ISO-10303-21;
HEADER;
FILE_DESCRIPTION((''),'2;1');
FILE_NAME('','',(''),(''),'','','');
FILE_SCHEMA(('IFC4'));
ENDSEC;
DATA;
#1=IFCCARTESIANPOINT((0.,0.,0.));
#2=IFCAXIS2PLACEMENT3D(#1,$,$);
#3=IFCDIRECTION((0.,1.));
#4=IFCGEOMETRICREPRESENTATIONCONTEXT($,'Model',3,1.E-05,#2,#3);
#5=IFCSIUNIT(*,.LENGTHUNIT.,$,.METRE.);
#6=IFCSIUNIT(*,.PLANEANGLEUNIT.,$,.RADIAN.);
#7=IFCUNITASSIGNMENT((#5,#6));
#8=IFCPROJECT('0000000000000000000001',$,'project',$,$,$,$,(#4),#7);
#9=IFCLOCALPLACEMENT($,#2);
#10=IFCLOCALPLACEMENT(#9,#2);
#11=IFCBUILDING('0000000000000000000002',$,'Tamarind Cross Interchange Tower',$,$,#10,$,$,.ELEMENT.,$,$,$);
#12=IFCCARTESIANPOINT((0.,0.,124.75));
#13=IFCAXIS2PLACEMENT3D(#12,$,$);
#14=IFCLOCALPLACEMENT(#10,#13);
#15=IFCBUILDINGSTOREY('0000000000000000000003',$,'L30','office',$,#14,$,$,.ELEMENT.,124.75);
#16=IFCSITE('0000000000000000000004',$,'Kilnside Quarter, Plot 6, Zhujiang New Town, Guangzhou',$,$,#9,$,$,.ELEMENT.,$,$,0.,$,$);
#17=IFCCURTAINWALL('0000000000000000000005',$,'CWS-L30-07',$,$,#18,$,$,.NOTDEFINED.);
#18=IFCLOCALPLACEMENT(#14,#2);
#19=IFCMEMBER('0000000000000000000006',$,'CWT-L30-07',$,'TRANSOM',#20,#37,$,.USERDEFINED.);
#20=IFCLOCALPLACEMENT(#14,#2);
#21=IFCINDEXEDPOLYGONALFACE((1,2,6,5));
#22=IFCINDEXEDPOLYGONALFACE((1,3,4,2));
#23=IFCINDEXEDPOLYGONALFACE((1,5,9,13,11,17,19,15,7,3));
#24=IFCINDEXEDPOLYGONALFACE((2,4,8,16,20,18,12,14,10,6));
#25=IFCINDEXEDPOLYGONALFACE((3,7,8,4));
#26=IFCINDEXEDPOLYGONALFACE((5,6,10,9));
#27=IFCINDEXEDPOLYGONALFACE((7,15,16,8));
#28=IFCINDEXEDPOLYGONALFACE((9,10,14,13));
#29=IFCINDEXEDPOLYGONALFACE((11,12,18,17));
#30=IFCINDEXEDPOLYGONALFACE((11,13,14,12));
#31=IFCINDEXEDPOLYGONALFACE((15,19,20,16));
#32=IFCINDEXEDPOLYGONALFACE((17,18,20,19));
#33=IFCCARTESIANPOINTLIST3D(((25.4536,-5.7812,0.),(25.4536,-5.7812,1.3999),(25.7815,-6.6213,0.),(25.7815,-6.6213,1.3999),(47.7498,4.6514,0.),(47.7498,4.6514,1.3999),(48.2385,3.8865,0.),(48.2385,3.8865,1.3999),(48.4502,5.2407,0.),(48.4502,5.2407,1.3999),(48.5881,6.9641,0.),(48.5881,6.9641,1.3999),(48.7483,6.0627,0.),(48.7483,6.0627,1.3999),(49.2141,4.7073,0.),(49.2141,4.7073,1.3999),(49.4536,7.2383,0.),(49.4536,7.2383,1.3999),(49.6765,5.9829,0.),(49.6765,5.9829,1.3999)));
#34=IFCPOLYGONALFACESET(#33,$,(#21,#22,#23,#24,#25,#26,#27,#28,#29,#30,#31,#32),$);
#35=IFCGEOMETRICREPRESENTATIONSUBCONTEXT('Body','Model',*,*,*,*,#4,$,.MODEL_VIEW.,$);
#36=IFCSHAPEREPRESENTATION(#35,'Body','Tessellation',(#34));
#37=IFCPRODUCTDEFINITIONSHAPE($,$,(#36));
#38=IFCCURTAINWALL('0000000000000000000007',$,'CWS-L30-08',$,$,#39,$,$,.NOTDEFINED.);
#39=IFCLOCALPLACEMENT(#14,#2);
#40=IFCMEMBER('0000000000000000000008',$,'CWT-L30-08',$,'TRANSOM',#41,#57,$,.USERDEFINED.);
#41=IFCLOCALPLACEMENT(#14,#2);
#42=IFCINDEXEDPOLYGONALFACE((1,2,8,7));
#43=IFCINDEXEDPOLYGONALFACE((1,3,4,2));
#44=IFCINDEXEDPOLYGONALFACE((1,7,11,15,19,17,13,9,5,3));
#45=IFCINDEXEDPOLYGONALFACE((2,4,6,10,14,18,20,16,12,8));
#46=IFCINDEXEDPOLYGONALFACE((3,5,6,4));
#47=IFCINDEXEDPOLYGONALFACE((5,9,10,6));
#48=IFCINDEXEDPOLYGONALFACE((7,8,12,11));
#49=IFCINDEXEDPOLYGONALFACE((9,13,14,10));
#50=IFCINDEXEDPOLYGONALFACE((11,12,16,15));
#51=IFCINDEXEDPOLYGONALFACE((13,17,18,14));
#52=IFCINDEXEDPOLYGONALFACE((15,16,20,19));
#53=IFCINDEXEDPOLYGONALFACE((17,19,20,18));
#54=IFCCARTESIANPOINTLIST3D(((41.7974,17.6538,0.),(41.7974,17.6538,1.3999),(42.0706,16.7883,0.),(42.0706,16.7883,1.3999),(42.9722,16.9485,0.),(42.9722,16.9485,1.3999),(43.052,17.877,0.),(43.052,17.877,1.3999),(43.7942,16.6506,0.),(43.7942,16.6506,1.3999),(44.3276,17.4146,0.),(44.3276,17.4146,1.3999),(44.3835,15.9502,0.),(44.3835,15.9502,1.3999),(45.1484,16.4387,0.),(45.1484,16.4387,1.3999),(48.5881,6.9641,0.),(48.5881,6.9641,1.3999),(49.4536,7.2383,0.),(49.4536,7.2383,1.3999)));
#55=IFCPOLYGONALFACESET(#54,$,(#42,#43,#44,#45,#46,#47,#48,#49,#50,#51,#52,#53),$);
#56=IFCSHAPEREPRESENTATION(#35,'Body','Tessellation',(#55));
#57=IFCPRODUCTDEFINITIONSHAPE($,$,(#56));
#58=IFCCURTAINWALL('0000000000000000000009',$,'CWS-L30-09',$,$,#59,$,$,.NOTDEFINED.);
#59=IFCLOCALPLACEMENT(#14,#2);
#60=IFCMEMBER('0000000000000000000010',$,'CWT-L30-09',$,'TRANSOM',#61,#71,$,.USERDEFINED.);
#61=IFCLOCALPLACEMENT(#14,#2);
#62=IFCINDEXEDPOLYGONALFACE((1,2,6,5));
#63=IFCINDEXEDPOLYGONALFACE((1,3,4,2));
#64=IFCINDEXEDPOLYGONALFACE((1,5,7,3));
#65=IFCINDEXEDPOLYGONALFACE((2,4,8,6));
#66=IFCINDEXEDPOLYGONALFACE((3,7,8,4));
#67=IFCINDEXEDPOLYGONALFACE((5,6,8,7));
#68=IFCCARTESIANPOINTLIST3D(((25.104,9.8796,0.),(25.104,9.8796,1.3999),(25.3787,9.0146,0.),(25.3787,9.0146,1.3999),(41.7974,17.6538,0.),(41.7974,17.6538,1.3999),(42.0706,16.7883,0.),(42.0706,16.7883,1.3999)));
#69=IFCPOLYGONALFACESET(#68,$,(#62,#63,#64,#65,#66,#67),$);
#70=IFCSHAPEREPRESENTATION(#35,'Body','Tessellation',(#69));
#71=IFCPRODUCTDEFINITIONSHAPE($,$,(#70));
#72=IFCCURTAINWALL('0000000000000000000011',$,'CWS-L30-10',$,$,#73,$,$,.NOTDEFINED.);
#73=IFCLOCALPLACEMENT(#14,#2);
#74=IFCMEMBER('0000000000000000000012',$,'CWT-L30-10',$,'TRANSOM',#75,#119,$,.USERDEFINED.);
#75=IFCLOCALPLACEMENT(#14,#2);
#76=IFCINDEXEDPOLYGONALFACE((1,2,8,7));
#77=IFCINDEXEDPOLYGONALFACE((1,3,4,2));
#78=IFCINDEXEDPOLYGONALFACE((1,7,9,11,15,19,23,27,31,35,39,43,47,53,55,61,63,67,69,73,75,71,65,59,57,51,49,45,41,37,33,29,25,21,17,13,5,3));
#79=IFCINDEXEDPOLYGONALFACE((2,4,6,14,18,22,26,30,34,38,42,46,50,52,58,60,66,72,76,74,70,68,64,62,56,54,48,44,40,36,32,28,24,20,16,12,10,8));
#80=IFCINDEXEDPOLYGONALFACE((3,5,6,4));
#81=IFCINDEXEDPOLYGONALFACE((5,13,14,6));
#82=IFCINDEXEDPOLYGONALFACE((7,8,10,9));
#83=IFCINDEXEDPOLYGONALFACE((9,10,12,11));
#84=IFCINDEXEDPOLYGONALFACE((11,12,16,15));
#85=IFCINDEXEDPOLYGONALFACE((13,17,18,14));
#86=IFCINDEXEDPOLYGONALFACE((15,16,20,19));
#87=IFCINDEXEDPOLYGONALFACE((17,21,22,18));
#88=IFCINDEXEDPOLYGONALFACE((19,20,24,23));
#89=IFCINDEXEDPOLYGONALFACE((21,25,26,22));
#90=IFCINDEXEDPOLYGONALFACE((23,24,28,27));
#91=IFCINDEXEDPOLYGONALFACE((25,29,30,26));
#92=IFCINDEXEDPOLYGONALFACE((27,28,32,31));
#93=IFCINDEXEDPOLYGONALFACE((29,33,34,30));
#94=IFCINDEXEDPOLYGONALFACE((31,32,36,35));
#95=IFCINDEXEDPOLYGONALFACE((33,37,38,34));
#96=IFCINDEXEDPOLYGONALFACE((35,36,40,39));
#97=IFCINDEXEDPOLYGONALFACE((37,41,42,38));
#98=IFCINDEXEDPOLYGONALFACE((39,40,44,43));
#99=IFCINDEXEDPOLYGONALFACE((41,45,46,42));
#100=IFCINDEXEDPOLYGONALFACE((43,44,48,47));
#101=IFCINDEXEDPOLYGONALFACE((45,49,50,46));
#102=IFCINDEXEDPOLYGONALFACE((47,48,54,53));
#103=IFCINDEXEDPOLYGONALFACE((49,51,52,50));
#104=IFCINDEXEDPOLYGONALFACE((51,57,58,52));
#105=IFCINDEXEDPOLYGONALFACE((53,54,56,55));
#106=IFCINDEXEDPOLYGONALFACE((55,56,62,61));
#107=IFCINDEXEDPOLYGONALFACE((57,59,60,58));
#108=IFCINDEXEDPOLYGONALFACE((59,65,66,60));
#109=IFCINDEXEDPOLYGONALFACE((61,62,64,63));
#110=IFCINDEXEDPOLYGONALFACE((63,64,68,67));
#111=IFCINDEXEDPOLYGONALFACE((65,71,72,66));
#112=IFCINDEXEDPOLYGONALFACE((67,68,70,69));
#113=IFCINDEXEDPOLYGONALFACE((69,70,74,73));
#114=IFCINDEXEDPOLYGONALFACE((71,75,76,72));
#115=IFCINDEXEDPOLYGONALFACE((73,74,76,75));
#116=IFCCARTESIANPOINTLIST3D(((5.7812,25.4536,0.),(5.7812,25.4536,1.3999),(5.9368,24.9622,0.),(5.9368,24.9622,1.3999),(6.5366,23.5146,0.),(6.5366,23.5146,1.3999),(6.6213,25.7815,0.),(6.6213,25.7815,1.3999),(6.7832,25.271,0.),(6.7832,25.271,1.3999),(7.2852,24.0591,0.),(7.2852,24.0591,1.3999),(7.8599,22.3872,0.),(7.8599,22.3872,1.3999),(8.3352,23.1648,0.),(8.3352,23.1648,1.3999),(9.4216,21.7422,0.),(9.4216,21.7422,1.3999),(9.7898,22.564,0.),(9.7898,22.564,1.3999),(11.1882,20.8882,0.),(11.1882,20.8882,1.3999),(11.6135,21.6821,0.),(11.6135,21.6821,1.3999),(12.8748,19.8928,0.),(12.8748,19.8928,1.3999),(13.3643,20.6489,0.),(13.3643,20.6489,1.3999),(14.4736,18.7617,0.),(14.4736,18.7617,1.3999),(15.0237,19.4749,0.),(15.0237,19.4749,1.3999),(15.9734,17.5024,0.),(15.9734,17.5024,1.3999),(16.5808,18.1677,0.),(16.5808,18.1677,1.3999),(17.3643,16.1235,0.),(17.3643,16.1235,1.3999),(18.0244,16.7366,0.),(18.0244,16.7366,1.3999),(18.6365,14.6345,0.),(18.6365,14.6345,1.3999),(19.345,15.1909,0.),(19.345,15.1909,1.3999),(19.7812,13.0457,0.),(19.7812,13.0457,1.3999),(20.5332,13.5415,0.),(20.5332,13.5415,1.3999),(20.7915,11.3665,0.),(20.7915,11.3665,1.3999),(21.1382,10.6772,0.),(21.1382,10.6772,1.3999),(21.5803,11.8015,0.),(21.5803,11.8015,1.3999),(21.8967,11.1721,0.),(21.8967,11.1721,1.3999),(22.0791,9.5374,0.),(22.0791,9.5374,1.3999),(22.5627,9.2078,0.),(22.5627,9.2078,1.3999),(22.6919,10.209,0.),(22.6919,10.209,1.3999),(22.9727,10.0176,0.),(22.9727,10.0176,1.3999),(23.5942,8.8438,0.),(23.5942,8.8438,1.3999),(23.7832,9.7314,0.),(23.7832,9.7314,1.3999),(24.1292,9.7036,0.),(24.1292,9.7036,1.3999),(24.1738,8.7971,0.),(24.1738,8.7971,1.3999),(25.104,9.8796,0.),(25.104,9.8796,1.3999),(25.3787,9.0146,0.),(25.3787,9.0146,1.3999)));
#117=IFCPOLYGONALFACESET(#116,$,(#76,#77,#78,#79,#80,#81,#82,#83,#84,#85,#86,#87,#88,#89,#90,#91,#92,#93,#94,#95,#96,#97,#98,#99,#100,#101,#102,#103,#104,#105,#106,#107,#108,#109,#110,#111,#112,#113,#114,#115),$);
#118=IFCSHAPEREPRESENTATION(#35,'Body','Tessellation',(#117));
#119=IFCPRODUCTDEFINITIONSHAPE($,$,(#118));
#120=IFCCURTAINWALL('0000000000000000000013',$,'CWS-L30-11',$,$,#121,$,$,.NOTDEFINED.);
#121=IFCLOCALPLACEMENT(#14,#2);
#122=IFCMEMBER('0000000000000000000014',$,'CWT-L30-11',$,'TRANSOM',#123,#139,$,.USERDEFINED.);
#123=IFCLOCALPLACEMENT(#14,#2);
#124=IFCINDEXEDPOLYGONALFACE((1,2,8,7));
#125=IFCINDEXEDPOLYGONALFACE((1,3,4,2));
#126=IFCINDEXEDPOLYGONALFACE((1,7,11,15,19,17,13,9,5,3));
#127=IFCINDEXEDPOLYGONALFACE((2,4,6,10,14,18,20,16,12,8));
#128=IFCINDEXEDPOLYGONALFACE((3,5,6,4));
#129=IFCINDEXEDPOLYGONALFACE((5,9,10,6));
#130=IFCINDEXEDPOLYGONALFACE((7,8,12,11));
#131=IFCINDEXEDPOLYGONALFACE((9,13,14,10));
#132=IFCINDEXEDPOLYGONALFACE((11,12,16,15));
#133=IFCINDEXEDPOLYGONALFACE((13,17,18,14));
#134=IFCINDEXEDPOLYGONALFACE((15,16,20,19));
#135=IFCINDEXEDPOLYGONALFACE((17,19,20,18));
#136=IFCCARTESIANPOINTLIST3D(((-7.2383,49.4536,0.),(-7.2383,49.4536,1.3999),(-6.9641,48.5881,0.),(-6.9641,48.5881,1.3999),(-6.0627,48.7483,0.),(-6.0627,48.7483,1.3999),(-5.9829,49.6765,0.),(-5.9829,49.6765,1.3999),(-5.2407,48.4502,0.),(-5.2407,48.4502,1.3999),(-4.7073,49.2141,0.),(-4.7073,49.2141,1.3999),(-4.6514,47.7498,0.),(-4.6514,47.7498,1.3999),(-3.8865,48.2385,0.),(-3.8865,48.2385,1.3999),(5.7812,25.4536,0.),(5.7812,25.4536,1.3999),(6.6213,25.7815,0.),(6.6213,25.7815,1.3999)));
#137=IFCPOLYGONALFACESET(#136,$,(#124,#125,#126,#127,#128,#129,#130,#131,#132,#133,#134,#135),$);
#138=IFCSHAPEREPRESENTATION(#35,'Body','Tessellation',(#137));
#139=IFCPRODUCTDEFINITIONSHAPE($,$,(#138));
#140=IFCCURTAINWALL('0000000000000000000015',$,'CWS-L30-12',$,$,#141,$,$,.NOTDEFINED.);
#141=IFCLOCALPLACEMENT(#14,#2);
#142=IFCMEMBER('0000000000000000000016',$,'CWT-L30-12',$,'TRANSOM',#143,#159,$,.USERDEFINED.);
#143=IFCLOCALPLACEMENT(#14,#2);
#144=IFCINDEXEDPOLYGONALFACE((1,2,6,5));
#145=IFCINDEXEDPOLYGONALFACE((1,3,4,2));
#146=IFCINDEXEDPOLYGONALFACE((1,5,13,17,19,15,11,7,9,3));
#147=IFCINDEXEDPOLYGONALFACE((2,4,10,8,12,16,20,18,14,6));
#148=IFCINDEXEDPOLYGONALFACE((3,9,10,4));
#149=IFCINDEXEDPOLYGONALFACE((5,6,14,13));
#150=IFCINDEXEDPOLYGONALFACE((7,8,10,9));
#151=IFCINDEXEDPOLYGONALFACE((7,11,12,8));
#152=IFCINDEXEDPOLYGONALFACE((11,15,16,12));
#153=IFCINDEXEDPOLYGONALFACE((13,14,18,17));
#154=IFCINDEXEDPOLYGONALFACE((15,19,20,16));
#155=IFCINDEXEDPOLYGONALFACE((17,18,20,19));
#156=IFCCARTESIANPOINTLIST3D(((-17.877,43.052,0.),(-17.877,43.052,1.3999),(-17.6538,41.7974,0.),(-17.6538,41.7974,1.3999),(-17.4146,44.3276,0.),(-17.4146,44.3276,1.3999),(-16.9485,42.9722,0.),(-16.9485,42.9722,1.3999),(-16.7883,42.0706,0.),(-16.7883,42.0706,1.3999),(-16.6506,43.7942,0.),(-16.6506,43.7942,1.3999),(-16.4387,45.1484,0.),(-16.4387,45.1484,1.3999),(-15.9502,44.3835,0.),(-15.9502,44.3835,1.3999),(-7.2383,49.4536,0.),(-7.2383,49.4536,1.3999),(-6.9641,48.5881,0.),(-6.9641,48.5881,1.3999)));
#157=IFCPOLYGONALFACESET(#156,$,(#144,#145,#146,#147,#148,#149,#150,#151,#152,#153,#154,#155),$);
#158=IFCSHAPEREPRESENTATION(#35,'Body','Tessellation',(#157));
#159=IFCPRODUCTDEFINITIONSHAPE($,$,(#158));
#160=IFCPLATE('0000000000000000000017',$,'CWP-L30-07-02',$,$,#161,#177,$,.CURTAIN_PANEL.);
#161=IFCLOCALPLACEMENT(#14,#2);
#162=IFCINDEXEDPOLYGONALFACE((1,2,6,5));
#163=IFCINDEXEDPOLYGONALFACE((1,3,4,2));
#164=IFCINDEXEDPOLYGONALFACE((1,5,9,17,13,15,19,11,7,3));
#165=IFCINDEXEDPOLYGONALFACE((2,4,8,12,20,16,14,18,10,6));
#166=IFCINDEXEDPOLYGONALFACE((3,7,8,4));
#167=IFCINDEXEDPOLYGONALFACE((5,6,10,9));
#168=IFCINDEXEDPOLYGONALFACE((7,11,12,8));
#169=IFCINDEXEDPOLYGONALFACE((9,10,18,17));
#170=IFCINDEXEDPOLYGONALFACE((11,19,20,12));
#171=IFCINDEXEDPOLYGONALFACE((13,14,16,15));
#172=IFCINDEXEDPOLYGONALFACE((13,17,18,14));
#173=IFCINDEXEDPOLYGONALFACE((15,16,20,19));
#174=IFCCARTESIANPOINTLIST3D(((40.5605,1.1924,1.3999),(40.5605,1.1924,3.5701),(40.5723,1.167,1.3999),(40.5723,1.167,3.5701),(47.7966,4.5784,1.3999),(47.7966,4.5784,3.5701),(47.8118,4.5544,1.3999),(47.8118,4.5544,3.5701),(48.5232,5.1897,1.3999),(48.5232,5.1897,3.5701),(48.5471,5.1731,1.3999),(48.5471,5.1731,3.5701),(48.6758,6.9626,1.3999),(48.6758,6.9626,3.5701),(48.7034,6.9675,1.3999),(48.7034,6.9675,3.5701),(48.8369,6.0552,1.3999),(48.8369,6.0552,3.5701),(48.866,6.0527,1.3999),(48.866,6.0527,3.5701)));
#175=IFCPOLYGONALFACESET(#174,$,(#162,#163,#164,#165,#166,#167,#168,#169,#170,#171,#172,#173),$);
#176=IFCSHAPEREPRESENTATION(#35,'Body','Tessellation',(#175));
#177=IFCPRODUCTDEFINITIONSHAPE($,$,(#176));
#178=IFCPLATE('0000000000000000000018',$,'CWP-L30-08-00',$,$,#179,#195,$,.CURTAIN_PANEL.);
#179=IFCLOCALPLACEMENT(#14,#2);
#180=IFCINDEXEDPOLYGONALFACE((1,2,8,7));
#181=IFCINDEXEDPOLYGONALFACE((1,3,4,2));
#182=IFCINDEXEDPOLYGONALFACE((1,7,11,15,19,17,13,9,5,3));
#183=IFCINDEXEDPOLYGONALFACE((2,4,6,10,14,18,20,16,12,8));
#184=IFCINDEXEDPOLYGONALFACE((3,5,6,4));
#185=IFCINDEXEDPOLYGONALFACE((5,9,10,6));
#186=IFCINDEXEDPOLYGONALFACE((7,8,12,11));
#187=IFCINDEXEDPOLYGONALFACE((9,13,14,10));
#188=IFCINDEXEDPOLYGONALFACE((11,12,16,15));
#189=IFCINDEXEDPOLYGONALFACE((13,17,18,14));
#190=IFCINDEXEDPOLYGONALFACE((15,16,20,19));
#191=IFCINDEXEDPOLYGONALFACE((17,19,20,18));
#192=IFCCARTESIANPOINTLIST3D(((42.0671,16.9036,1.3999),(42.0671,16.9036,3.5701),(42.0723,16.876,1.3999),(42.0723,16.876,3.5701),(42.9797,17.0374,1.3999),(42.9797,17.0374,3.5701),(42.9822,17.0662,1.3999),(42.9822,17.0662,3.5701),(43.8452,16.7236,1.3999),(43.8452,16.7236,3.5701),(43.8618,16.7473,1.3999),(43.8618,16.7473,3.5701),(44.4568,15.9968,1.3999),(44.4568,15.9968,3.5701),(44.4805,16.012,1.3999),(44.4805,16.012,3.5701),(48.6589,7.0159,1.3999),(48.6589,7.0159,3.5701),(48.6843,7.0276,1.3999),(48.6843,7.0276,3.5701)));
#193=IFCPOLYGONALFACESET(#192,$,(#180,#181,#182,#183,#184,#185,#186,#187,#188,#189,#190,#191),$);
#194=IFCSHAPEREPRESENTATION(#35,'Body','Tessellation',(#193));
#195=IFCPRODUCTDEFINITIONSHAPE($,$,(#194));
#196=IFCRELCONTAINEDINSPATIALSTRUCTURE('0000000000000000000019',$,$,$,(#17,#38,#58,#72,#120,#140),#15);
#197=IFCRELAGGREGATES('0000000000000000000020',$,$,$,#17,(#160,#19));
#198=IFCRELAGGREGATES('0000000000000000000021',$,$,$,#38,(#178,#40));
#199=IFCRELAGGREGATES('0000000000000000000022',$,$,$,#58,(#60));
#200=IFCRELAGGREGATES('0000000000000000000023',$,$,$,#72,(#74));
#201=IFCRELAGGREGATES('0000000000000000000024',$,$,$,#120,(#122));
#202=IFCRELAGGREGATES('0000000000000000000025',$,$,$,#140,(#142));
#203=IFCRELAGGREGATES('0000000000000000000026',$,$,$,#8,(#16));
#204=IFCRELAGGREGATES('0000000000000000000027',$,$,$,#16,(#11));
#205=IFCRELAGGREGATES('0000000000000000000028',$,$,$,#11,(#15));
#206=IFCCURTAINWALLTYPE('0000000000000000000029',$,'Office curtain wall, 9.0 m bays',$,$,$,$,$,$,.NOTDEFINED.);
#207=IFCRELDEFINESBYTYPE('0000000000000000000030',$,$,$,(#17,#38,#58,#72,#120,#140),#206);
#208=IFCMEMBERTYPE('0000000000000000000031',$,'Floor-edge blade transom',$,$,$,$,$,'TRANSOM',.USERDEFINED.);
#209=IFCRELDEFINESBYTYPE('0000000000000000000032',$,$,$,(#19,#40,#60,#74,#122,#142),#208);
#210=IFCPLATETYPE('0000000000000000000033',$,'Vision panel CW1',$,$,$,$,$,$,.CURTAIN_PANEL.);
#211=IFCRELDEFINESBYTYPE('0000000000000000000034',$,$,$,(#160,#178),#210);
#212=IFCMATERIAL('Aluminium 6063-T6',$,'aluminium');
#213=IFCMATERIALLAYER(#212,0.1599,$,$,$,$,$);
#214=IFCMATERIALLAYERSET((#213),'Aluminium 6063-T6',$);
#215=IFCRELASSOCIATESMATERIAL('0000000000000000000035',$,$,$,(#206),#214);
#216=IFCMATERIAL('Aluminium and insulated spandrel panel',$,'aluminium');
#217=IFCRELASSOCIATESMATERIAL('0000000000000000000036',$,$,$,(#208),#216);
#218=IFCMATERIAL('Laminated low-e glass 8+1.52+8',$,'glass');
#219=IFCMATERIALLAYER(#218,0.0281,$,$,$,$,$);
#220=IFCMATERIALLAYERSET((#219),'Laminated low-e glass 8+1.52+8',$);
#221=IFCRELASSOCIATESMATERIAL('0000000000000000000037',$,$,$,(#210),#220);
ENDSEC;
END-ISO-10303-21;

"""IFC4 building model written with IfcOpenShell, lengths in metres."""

from ifc_helpers import new_model, si_unit, direction, frame, origin, place, context, subcontext, project, spatial, polyline, outline, extrude, material, layer, layer_set, type_object, element, aggregate, save


model = new_model("IFC4")

# Units and contexts
model_context = context("Model", 3, precision=1e-05, world=origin(), true_north=direction((0.0, 1.0)))
body_context = subcontext(model_context, "Body", "Model", "MODEL_VIEW")
ifc_project = project(units=[si_unit("LENGTHUNIT", "METRE"), si_unit("PLANEANGLEUNIT", "RADIAN")], contexts=[model_context])

# Site, building, storey
site_placement = place(None, origin())
site = spatial("IfcSite", under=ifc_project, at=site_placement, Name="Kilnside Quarter, Plot 6, Zhujiang New Town, Guangzhou", CompositionType="ELEMENT", RefElevation=0.0)
building_placement = place(site_placement, origin())
building = spatial("IfcBuilding", under=site, at=building_placement, Name="Tamarind Cross Interchange Tower", CompositionType="ELEMENT")
storey_placement = place(building_placement, frame((0.0, 0.0, 124.75)))
storey = spatial("IfcBuildingStorey", under=building, at=storey_placement, Name="L30", Description="office", CompositionType="ELEMENT", Elevation=124.75)

# Curtain walls, members
ifc_material_1 = material(Name="Aluminium 6063-T6", Category="aluminium")
ifc_layer_1 = layer(ifc_material_1, 0.1599)
ifc_layer_set_1 = layer_set([ifc_layer_1], Name="Aluminium 6063-T6")
curtain_wall_type = type_object("IfcCurtainWallType", Name="Office curtain wall, 9.0 m bays", PredefinedType="NOTDEFINED", material=ifc_layer_set_1)
curtain_wall_1_placement = place(storey_placement, origin())
curtain_wall_1 = element("IfcCurtainWall", 1, at=curtain_wall_1_placement, inside=storey, type_object=curtain_wall_type, Name="CWS-L30-07", PredefinedType="NOTDEFINED")
ifc_material_2 = material(Name="Aluminium and insulated spandrel panel", Category="aluminium")
member_type = type_object("IfcMemberType", Name="Floor-edge blade transom", ElementType="TRANSOM", PredefinedType="USERDEFINED", material=ifc_material_2)
member_1_placement = place(storey_placement, origin())
member_1 = element("IfcMember", 2, at=member_1_placement, type_object=member_type, Name="CWT-L30-07", ObjectType="TRANSOM", PredefinedType="USERDEFINED", context=body_context, shape_type="SweptSolid", body=[
    extrude(outline(polyline([(25.4536, -5.7812), (47.7498, 4.6514), (48.4502, 5.2407), (48.7483, 6.0627), (48.5881, 6.9641), (49.4536, 7.2383), (49.6765, 5.9829), (49.2141, 4.7073), (48.2385, 3.8865), (25.7815, -6.6213), (25.4536, -5.7812)])), origin(), (0.0, 0.0, 1.0), 1.3999),
])
curtain_wall_2_placement = place(storey_placement, origin())
curtain_wall_2 = element("IfcCurtainWall", 3, at=curtain_wall_2_placement, inside=storey, type_object=curtain_wall_type, Name="CWS-L30-08", PredefinedType="NOTDEFINED")
member_2_placement = place(storey_placement, origin())
member_2 = element("IfcMember", 4, at=member_2_placement, type_object=member_type, Name="CWT-L30-08", ObjectType="TRANSOM", PredefinedType="USERDEFINED", context=body_context, shape_type="SweptSolid", body=[
    extrude(outline(polyline([(48.5881, 6.9641), (44.3835, 15.9502), (43.7942, 16.6506), (42.9722, 16.9485), (42.0706, 16.7883), (41.7974, 17.6538), (43.052, 17.877), (44.3276, 17.4146), (45.1484, 16.4387), (49.4536, 7.2383), (48.5881, 6.9641)])), origin(), (0.0, 0.0, 1.0), 1.3999),
])
curtain_wall_3_placement = place(storey_placement, origin())
curtain_wall_3 = element("IfcCurtainWall", 5, at=curtain_wall_3_placement, inside=storey, type_object=curtain_wall_type, Name="CWS-L30-09", PredefinedType="NOTDEFINED")
member_3_placement = place(storey_placement, origin())
member_3 = element("IfcMember", 6, at=member_3_placement, type_object=member_type, Name="CWT-L30-09", ObjectType="TRANSOM", PredefinedType="USERDEFINED", context=body_context, shape_type="SweptSolid", body=[
    extrude(outline(polyline([(42.0706, 16.7883), (25.3787, 9.0146), (25.104, 9.8796), (41.7974, 17.6538), (42.0706, 16.7883)])), origin(), (0.0, 0.0, 1.0), 1.3999),
])
curtain_wall_4_placement = place(storey_placement, origin())
curtain_wall_4 = element("IfcCurtainWall", 7, at=curtain_wall_4_placement, inside=storey, type_object=curtain_wall_type, Name="CWS-L30-10", PredefinedType="NOTDEFINED")
member_4_placement = place(storey_placement, origin())
member_4 = element("IfcMember", 8, at=member_4_placement, type_object=member_type, Name="CWT-L30-10", ObjectType="TRANSOM", PredefinedType="USERDEFINED", context=body_context, shape_type="SweptSolid", body=[
    extrude(outline(polyline([(25.3787, 9.0146), (24.1738, 8.7971), (23.5942, 8.8438), (22.5627, 9.2078), (22.0791, 9.5374), (21.1382, 10.6772), (20.7915, 11.3665), (19.7812, 13.0457), (18.6365, 14.6345), (17.3643, 16.1235), (15.9734, 17.5024), (14.4736, 18.7617), (12.8748, 19.8928), (11.1882, 20.8882), (9.4216, 21.7422), (7.8599, 22.3872), (6.5366, 23.5146), (5.9368, 24.9622), (5.7812, 25.4536), (6.6213, 25.7815), (6.7832, 25.271), (7.2852, 24.0591), (8.3352, 23.1648), (9.7898, 22.564), (11.6135, 21.6821), (13.3643, 20.6489), (15.0237, 19.4749), (16.5808, 18.1677), (18.0244, 16.7366), (19.345, 15.1909), (20.5332, 13.5415), (21.5803, 11.8015), (21.8967, 11.1721), (22.6919, 10.209), (22.9727, 10.0176), (23.7832, 9.7314), (24.1292, 9.7036), (25.104, 9.8796), (25.3787, 9.0146)])), origin(), (0.0, 0.0, 1.0), 1.3999),
])
curtain_wall_5_placement = place(storey_placement, origin())
curtain_wall_5 = element("IfcCurtainWall", 9, at=curtain_wall_5_placement, inside=storey, type_object=curtain_wall_type, Name="CWS-L30-11", PredefinedType="NOTDEFINED")
member_5_placement = place(storey_placement, origin())
member_5 = element("IfcMember", 10, at=member_5_placement, type_object=member_type, Name="CWT-L30-11", ObjectType="TRANSOM", PredefinedType="USERDEFINED", context=body_context, shape_type="SweptSolid", body=[
    extrude(outline(polyline([(5.7812, 25.4536), (-4.6514, 47.7498), (-5.2407, 48.4502), (-6.0627, 48.7483), (-6.9641, 48.5881), (-7.2383, 49.4536), (-5.9829, 49.6765), (-4.7073, 49.2141), (-3.8865, 48.2385), (6.6213, 25.7815), (5.7812, 25.4536)])), origin(), (0.0, 0.0, 1.0), 1.3999),
])
curtain_wall_6_placement = place(storey_placement, origin())
curtain_wall_6 = element("IfcCurtainWall", 11, at=curtain_wall_6_placement, inside=storey, type_object=curtain_wall_type, Name="CWS-L30-12", PredefinedType="NOTDEFINED")
member_6_placement = place(storey_placement, origin())
member_6 = element("IfcMember", 12, at=member_6_placement, type_object=member_type, Name="CWT-L30-12", ObjectType="TRANSOM", PredefinedType="USERDEFINED", context=body_context, shape_type="SweptSolid", body=[
    extrude(outline(polyline([(-6.9641, 48.5881), (-15.9502, 44.3835), (-16.6506, 43.7942), (-16.9485, 42.9722), (-16.7883, 42.0706), (-17.6538, 41.7974), (-17.877, 43.052), (-17.4146, 44.3276), (-16.4387, 45.1484), (-7.2383, 49.4536), (-6.9641, 48.5881)])), origin(), (0.0, 0.0, 1.0), 1.3999),
])

# Plates
ifc_material_3 = material(Name="Laminated low-e glass 8+1.52+8", Category="glass")
ifc_layer_2 = layer(ifc_material_3, 0.0281)
ifc_layer_set_2 = layer_set([ifc_layer_2], Name="Laminated low-e glass 8+1.52+8")
plate_type = type_object("IfcPlateType", Name="Vision panel CW1", PredefinedType="CURTAIN_PANEL", material=ifc_layer_set_2)
plate_1_placement = place(storey_placement, frame((0.0, 0.0, 1.3999)))
plate_1 = element("IfcPlate", 13, at=plate_1_placement, type_object=plate_type, Name="CWP-L30-07-02", PredefinedType="CURTAIN_PANEL", context=body_context, shape_type="SweptSolid", body=[
    extrude(outline(polyline([(40.5605, 1.1924), (47.7966, 4.5784), (48.5232, 5.1897), (48.8369, 6.0552), (48.6758, 6.9626), (48.7034, 6.9675), (48.866, 6.0527), (48.5471, 5.1731), (47.8118, 4.5544), (40.5723, 1.167), (40.5605, 1.1924)])), origin(), (0.0, 0.0, 1.0), 2.1702),
])
aggregate(curtain_wall_1, [plate_1, member_1])
plate_2_placement = place(storey_placement, frame((0.0, 0.0, 1.3999)))
plate_2 = element("IfcPlate", 14, at=plate_2_placement, type_object=plate_type, Name="CWP-L30-08-00", PredefinedType="CURTAIN_PANEL", context=body_context, shape_type="SweptSolid", body=[
    extrude(outline(polyline([(48.6589, 7.0159), (44.4568, 15.9968), (43.8452, 16.7236), (42.9797, 17.0374), (42.0723, 16.876), (42.0671, 16.9036), (42.9822, 17.0662), (43.8618, 16.7473), (44.4805, 16.012), (48.6843, 7.0276), (48.6589, 7.0159)])), origin(), (0.0, 0.0, 1.0), 2.1702),
])
aggregate(curtain_wall_2, [plate_2, member_2])
aggregate(curtain_wall_3, [member_3])
aggregate(curtain_wall_4, [member_4])
aggregate(curtain_wall_5, [member_5])
aggregate(curtain_wall_6, [member_6])

save(model, "model.ifc")
